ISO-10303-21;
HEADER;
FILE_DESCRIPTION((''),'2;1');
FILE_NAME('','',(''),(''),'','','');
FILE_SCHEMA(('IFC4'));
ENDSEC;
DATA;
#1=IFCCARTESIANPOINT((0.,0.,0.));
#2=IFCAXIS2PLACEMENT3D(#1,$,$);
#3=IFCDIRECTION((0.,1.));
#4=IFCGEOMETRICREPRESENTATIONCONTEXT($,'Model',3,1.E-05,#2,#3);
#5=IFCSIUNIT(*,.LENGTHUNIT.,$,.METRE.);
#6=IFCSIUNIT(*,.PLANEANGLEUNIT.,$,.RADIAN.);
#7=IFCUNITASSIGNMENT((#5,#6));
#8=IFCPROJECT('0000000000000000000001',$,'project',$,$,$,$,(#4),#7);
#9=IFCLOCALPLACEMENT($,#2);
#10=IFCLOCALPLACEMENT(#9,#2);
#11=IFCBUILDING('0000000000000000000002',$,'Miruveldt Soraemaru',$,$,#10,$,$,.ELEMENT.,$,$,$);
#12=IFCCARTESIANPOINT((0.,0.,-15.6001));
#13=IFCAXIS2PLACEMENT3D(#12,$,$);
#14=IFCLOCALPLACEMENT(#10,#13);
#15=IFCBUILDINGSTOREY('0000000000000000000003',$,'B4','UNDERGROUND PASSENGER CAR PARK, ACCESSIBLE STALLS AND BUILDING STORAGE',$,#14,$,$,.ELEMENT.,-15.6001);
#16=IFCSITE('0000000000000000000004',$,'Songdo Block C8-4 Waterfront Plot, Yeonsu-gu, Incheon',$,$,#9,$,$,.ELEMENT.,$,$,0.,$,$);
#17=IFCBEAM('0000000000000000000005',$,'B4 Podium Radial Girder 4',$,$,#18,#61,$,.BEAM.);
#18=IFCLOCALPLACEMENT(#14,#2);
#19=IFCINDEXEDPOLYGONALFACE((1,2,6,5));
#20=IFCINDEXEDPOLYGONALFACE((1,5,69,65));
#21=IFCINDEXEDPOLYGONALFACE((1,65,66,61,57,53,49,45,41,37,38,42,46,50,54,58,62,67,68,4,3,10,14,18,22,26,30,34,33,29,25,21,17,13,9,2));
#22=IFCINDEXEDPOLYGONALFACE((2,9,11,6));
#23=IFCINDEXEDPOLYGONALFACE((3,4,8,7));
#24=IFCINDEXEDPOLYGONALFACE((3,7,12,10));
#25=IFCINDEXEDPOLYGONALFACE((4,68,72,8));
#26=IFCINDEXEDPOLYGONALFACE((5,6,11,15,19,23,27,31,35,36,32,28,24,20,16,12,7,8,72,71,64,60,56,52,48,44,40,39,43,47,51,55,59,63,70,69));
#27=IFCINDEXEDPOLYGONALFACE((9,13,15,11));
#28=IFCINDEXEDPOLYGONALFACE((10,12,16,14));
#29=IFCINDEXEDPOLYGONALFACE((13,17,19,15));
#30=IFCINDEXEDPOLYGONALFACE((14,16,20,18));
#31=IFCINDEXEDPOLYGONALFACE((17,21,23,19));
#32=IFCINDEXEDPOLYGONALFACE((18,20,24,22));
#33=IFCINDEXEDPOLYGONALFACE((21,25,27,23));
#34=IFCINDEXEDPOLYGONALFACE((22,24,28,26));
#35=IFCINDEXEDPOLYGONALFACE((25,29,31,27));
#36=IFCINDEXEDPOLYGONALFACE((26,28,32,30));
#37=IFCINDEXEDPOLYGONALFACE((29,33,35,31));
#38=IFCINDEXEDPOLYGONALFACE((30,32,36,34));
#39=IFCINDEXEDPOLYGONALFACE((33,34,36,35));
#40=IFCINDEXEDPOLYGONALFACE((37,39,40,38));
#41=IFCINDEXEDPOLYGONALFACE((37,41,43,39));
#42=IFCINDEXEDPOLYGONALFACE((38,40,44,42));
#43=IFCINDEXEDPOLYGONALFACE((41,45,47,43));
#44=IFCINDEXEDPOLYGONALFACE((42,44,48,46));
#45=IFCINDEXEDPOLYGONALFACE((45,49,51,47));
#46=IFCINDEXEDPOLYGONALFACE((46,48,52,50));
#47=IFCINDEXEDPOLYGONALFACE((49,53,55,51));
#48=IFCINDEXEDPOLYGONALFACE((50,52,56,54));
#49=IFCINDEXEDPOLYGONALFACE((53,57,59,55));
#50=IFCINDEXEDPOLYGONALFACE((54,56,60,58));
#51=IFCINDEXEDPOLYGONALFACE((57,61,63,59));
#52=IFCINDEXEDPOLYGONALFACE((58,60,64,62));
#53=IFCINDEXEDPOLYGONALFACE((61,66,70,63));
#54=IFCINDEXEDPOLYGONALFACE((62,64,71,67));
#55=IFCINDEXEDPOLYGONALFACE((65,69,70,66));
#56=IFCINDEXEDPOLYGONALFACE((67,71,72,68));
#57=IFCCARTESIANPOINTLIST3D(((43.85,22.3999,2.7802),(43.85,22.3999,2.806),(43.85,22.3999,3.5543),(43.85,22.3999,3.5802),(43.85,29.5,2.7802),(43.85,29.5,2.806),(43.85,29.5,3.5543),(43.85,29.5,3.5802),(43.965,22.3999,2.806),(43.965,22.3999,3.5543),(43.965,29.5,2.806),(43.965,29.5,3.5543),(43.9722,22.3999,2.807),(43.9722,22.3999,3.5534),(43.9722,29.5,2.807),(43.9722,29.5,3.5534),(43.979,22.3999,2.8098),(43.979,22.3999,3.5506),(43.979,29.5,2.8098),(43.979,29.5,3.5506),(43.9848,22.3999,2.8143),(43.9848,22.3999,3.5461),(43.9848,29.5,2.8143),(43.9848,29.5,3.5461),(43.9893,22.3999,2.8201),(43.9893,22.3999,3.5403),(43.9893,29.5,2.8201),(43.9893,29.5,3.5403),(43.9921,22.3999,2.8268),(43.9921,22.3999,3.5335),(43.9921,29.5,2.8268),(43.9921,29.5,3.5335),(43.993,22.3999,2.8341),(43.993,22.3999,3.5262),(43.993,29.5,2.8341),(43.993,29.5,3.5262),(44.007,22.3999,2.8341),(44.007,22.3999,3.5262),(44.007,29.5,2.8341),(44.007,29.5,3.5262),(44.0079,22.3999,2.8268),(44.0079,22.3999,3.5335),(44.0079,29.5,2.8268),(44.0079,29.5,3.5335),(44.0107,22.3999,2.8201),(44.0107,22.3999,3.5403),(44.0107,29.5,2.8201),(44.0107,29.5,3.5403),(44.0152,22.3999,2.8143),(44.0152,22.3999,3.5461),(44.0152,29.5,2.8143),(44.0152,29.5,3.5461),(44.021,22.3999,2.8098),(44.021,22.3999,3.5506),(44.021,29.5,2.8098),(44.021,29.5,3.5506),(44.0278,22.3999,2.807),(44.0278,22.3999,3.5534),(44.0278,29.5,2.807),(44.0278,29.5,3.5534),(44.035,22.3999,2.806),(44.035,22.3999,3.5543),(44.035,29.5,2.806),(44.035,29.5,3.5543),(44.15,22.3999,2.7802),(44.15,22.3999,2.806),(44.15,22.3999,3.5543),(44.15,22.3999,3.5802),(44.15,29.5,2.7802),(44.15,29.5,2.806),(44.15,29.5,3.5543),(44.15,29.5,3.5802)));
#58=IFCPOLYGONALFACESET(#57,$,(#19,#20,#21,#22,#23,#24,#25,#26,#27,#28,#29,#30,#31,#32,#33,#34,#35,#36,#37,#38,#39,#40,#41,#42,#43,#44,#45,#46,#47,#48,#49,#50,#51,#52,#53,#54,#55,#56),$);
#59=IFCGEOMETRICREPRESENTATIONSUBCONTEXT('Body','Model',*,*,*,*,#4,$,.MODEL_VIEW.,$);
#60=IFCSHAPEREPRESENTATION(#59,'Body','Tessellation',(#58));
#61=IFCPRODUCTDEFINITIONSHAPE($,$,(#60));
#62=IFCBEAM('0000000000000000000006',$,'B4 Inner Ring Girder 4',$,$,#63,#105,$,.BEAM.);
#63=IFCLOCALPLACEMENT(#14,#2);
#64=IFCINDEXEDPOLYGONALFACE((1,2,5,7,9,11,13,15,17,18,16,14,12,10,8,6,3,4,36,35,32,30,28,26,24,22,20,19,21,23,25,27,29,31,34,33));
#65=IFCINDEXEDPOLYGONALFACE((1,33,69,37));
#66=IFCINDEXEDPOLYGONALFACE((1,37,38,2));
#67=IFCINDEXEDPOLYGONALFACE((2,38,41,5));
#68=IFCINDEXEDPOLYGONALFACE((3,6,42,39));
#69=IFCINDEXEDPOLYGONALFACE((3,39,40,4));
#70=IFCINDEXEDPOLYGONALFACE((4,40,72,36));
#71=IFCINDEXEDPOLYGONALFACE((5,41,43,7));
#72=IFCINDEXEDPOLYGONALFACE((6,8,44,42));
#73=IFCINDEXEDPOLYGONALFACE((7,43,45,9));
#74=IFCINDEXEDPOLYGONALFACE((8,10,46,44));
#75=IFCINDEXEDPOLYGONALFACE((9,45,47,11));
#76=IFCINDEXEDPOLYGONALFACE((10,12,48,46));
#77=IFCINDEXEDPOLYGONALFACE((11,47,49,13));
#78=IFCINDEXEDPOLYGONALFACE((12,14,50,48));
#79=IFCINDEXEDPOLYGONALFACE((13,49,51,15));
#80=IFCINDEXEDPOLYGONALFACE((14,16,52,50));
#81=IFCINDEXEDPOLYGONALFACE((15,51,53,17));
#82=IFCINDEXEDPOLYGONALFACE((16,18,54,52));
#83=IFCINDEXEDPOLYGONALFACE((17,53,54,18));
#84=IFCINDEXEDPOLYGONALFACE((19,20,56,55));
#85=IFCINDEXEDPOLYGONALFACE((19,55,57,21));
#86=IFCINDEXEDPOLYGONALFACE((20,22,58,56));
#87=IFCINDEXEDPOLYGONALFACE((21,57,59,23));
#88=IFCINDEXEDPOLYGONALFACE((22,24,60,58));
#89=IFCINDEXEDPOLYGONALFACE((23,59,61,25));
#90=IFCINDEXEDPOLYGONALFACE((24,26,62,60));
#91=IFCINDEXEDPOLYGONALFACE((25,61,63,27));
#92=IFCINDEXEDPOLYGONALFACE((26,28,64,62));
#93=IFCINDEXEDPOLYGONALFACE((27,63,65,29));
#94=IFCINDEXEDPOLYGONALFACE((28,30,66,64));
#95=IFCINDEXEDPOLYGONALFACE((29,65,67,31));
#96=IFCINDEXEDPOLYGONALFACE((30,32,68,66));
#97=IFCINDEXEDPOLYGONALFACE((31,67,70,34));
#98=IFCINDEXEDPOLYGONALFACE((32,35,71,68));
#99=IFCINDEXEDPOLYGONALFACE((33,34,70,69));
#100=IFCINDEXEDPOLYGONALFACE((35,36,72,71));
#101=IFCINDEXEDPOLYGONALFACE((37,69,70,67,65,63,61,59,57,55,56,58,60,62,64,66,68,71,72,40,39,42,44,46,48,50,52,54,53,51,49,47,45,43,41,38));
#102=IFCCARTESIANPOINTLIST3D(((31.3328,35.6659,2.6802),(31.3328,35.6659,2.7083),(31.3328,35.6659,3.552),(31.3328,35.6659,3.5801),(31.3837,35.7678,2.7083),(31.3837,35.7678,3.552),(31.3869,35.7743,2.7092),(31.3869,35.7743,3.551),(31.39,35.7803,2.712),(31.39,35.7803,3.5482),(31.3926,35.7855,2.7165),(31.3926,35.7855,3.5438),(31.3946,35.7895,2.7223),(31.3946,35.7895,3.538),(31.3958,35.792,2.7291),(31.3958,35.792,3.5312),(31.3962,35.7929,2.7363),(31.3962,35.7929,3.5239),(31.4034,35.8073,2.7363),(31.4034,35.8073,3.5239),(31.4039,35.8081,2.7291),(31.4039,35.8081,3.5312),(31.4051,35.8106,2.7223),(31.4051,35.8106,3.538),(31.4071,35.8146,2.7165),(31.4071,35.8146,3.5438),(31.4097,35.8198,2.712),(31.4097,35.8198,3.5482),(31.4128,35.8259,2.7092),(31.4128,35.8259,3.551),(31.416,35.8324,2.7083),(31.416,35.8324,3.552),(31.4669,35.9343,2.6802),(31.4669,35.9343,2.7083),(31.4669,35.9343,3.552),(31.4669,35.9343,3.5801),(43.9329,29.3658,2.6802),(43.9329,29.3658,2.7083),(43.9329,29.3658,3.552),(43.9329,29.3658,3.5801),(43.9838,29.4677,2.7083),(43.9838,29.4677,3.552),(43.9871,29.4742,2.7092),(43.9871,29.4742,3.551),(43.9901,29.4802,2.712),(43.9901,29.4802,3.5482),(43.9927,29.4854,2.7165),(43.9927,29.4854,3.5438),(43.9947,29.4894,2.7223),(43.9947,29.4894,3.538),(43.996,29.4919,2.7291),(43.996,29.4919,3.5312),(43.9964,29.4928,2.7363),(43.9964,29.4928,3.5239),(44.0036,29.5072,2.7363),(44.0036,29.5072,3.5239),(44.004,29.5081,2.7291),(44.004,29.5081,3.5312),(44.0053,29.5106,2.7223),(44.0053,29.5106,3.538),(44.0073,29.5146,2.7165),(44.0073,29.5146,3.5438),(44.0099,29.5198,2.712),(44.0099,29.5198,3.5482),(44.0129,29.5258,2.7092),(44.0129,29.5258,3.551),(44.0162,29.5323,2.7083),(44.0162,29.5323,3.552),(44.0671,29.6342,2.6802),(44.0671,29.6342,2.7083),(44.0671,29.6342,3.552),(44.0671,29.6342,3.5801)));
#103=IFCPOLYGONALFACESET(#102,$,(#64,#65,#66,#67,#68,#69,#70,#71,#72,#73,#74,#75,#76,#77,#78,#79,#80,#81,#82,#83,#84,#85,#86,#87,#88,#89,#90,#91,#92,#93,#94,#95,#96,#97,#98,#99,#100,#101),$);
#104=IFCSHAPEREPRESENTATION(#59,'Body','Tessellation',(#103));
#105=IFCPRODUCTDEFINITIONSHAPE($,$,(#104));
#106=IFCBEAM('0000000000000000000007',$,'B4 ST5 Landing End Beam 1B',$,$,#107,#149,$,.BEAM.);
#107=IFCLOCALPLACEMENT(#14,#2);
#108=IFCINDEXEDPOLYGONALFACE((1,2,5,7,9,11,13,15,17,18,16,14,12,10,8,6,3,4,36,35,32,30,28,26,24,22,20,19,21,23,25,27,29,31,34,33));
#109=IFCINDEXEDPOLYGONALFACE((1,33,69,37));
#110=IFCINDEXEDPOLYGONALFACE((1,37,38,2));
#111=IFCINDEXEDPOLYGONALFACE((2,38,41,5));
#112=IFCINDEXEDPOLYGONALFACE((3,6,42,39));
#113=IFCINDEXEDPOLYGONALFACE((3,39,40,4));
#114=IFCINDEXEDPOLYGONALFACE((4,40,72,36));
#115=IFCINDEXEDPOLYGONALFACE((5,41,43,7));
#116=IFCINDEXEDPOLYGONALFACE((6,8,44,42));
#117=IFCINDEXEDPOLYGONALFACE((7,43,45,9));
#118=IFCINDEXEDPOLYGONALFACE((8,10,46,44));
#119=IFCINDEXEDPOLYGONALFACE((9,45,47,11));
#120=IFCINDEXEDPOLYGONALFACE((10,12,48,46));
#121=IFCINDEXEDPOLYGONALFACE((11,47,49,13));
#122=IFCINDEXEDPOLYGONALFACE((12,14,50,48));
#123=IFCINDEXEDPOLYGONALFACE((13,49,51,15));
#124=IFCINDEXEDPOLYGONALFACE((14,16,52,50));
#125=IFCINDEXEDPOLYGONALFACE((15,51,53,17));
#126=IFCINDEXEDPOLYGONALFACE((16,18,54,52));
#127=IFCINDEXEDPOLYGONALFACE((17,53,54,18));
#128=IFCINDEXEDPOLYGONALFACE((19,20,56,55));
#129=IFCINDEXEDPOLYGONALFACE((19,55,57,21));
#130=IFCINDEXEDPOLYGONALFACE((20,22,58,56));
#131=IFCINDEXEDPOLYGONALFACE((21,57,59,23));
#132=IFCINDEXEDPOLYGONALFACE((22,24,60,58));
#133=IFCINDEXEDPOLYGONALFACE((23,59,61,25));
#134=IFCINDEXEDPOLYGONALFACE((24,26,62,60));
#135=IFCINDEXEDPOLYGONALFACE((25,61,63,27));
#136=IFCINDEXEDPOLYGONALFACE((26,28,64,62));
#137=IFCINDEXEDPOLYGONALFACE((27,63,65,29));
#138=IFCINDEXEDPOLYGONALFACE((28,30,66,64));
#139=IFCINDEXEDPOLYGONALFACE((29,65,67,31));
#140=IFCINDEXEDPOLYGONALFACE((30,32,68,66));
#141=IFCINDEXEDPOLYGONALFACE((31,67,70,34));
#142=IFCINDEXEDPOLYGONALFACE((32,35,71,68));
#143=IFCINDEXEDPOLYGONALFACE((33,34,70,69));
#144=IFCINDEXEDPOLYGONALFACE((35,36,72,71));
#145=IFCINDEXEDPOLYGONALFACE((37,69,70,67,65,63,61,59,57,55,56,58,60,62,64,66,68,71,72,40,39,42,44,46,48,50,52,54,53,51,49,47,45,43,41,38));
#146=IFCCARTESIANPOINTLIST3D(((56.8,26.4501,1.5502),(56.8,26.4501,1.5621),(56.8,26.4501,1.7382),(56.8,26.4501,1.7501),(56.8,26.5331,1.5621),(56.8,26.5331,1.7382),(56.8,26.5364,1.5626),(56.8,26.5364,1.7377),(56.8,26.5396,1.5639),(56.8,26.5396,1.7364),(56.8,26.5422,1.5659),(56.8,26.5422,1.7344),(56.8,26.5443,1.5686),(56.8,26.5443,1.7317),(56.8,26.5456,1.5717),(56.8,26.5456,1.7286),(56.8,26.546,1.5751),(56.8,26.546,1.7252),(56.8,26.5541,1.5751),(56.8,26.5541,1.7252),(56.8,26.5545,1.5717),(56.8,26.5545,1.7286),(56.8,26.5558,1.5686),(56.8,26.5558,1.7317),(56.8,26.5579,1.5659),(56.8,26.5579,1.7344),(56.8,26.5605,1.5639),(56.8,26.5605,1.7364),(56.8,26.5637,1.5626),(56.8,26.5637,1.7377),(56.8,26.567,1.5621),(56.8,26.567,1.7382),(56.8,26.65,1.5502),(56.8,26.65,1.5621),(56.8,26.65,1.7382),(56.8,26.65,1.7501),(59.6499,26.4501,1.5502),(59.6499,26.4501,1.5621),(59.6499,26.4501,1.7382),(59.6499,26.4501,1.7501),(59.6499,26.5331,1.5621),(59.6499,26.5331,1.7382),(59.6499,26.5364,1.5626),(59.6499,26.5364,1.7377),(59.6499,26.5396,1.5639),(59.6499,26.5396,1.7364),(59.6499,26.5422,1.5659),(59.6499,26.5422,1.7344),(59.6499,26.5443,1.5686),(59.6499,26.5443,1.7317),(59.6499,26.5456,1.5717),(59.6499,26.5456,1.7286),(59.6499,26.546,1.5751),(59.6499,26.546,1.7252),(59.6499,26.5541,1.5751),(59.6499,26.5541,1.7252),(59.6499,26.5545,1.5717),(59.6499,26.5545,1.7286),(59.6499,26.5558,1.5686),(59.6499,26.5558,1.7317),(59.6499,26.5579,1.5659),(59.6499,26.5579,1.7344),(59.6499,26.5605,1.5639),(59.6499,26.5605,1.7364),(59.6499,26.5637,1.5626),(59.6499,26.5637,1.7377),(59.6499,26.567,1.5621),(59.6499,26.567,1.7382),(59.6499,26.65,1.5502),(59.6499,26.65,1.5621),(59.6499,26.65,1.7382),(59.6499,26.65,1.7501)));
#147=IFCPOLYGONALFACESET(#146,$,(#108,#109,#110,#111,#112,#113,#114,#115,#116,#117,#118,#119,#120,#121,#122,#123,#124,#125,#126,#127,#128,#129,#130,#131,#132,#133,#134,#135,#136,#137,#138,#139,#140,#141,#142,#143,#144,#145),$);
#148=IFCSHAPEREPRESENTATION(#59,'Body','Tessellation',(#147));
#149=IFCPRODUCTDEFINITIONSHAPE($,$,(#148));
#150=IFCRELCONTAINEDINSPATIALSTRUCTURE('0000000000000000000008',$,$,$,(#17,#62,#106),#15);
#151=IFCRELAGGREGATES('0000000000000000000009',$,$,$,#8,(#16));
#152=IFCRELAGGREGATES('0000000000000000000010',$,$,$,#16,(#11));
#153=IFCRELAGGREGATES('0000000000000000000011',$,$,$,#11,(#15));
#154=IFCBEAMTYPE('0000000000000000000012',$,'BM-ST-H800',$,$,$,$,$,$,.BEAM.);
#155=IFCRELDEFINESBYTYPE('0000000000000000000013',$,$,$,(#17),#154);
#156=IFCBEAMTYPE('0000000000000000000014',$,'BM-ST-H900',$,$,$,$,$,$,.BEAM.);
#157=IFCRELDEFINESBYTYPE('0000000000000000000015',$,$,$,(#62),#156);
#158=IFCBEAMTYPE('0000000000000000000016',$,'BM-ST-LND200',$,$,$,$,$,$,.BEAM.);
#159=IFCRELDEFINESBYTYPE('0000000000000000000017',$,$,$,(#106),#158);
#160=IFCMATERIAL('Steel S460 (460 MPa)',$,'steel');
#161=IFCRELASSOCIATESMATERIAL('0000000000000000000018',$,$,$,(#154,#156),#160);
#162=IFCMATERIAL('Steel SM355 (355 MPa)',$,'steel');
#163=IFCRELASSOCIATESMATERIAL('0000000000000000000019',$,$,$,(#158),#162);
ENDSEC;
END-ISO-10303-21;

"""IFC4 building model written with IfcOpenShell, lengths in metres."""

from ifc_helpers import new_model, si_unit, direction, frame, origin, origin_2d, place, context, subcontext, project, spatial, i_section, extrude, material, material_profile, profile_set, type_object, element, save


model = new_model("IFC4")

# Units and contexts
model_context = context("Model", 3, precision=1e-05, world=origin(), true_north=direction((0.0, 1.0)))
body_context = subcontext(model_context, "Body", "Model", "MODEL_VIEW")
ifc_project = project(units=[si_unit("LENGTHUNIT", "METRE"), si_unit("PLANEANGLEUNIT", "RADIAN")], contexts=[model_context])

# Site, building, storey
site_placement = place(None, origin())
site = spatial("IfcSite", under=ifc_project, at=site_placement, Name="Songdo Block C8-4 Waterfront Plot, Yeonsu-gu, Incheon", CompositionType="ELEMENT", RefElevation=0.0)
building_placement = place(site_placement, origin())
building = spatial("IfcBuilding", under=site, at=building_placement, Name="Miruveldt Soraemaru", CompositionType="ELEMENT")
storey_placement = place(building_placement, frame((0.0, 0.0, -15.6001)))
storey = spatial("IfcBuildingStorey", under=building, at=storey_placement, Name="B4", Description="UNDERGROUND PASSENGER CAR PARK, ACCESSIBLE STALLS AND BUILDING STORAGE", CompositionType="ELEMENT", Elevation=-15.6001)

# Beams
ifc_material_1 = material(Name="Steel SM355 (355 MPa)", Category="steel")
ifc_material_2 = material(Name="Steel S460 (460 MPa)", Category="steel")
ifc_material_profile_1 = material_profile(ifc_material_2, i_section(OverallWidth=0.3, OverallDepth=0.8, WebThickness=0.0139, FlangeThickness=0.0259, FilletRadius=0.0281, at=origin_2d()), Name="Steel S460 (460 MPa)", Category="steel")
ifc_profile_set_1 = profile_set([ifc_material_profile_1], Name="Steel S460 (460 MPa)")
beam_type_1 = type_object("IfcBeamType", Name="BM-ST-H800", PredefinedType="BEAM", material=ifc_profile_set_1)
beam_1_placement = place(storey_placement, frame((44.0, 29.5, 3.1802), z_axis=(0.0, -1.0, 0.0), x_axis=(1.0, 0.0, 0.0)))
element("IfcBeam", 1, at=beam_1_placement, inside=storey, type_object=beam_type_1, Name="B4 Podium Radial Girder 4", PredefinedType="BEAM", context=body_context, shape_type="SweptSolid", body=[
    extrude(i_section(OverallWidth=0.3, OverallDepth=0.8, WebThickness=0.0139, FlangeThickness=0.0259, FilletRadius=0.0281, at=origin_2d()), origin(), (0.0, 0.0, 1.0), 7.1001),
])
ifc_material_profile_2 = material_profile(ifc_material_2, i_section(OverallWidth=0.3, OverallDepth=0.8999, WebThickness=0.0161, FlangeThickness=0.0281, FilletRadius=0.0281, at=origin_2d()), Name="Steel S460 (460 MPa)", Category="steel")
ifc_profile_set_2 = profile_set([ifc_material_profile_2], Name="Steel S460 (460 MPa)")
beam_type_2 = type_object("IfcBeamType", Name="BM-ST-H900", PredefinedType="BEAM", material=ifc_profile_set_2)
beam_2_placement = place(storey_placement, frame((44.0, 29.5, 3.1301), z_axis=(-0.894427, 0.447214, 0.0), x_axis=(-0.447214, -0.894427, 0.0)))
element("IfcBeam", 2, at=beam_2_placement, inside=storey, type_object=beam_type_2, Name="B4 Inner Ring Girder 4", PredefinedType="BEAM", context=body_context, shape_type="SweptSolid", body=[
    extrude(i_section(OverallWidth=0.3, OverallDepth=0.8999, WebThickness=0.0161, FlangeThickness=0.0281, FilletRadius=0.0281, at=origin_2d()), origin(), (0.0, 0.0, 1.0), 14.0874),
])
ifc_material_profile_3 = material_profile(ifc_material_1, i_section(OverallWidth=0.2, OverallDepth=0.2, WebThickness=0.0081, FlangeThickness=0.012, FilletRadius=0.0129, at=origin_2d()), Name="Steel SM355 (355 MPa)", Category="steel")
ifc_profile_set_3 = profile_set([ifc_material_profile_3], Name="Steel SM355 (355 MPa)")
beam_type_3 = type_object("IfcBeamType", Name="BM-ST-LND200", PredefinedType="BEAM", material=ifc_profile_set_3)
beam_3_placement = place(storey_placement, frame((56.8, 26.55, 1.6501), z_axis=(1.0, 0.0, 0.0), x_axis=(0.0, 1.0, 0.0)))
element("IfcBeam", 3, at=beam_3_placement, inside=storey, type_object=beam_type_3, Name="B4 ST5 Landing End Beam 1B", PredefinedType="BEAM", context=body_context, shape_type="SweptSolid", body=[
    extrude(i_section(OverallWidth=0.2, OverallDepth=0.2, WebThickness=0.0081, FlangeThickness=0.012, FilletRadius=0.0129, at=origin_2d()), origin(), (0.0, 0.0, 1.0), 2.8499),
])

save(model, "model.ifc")
